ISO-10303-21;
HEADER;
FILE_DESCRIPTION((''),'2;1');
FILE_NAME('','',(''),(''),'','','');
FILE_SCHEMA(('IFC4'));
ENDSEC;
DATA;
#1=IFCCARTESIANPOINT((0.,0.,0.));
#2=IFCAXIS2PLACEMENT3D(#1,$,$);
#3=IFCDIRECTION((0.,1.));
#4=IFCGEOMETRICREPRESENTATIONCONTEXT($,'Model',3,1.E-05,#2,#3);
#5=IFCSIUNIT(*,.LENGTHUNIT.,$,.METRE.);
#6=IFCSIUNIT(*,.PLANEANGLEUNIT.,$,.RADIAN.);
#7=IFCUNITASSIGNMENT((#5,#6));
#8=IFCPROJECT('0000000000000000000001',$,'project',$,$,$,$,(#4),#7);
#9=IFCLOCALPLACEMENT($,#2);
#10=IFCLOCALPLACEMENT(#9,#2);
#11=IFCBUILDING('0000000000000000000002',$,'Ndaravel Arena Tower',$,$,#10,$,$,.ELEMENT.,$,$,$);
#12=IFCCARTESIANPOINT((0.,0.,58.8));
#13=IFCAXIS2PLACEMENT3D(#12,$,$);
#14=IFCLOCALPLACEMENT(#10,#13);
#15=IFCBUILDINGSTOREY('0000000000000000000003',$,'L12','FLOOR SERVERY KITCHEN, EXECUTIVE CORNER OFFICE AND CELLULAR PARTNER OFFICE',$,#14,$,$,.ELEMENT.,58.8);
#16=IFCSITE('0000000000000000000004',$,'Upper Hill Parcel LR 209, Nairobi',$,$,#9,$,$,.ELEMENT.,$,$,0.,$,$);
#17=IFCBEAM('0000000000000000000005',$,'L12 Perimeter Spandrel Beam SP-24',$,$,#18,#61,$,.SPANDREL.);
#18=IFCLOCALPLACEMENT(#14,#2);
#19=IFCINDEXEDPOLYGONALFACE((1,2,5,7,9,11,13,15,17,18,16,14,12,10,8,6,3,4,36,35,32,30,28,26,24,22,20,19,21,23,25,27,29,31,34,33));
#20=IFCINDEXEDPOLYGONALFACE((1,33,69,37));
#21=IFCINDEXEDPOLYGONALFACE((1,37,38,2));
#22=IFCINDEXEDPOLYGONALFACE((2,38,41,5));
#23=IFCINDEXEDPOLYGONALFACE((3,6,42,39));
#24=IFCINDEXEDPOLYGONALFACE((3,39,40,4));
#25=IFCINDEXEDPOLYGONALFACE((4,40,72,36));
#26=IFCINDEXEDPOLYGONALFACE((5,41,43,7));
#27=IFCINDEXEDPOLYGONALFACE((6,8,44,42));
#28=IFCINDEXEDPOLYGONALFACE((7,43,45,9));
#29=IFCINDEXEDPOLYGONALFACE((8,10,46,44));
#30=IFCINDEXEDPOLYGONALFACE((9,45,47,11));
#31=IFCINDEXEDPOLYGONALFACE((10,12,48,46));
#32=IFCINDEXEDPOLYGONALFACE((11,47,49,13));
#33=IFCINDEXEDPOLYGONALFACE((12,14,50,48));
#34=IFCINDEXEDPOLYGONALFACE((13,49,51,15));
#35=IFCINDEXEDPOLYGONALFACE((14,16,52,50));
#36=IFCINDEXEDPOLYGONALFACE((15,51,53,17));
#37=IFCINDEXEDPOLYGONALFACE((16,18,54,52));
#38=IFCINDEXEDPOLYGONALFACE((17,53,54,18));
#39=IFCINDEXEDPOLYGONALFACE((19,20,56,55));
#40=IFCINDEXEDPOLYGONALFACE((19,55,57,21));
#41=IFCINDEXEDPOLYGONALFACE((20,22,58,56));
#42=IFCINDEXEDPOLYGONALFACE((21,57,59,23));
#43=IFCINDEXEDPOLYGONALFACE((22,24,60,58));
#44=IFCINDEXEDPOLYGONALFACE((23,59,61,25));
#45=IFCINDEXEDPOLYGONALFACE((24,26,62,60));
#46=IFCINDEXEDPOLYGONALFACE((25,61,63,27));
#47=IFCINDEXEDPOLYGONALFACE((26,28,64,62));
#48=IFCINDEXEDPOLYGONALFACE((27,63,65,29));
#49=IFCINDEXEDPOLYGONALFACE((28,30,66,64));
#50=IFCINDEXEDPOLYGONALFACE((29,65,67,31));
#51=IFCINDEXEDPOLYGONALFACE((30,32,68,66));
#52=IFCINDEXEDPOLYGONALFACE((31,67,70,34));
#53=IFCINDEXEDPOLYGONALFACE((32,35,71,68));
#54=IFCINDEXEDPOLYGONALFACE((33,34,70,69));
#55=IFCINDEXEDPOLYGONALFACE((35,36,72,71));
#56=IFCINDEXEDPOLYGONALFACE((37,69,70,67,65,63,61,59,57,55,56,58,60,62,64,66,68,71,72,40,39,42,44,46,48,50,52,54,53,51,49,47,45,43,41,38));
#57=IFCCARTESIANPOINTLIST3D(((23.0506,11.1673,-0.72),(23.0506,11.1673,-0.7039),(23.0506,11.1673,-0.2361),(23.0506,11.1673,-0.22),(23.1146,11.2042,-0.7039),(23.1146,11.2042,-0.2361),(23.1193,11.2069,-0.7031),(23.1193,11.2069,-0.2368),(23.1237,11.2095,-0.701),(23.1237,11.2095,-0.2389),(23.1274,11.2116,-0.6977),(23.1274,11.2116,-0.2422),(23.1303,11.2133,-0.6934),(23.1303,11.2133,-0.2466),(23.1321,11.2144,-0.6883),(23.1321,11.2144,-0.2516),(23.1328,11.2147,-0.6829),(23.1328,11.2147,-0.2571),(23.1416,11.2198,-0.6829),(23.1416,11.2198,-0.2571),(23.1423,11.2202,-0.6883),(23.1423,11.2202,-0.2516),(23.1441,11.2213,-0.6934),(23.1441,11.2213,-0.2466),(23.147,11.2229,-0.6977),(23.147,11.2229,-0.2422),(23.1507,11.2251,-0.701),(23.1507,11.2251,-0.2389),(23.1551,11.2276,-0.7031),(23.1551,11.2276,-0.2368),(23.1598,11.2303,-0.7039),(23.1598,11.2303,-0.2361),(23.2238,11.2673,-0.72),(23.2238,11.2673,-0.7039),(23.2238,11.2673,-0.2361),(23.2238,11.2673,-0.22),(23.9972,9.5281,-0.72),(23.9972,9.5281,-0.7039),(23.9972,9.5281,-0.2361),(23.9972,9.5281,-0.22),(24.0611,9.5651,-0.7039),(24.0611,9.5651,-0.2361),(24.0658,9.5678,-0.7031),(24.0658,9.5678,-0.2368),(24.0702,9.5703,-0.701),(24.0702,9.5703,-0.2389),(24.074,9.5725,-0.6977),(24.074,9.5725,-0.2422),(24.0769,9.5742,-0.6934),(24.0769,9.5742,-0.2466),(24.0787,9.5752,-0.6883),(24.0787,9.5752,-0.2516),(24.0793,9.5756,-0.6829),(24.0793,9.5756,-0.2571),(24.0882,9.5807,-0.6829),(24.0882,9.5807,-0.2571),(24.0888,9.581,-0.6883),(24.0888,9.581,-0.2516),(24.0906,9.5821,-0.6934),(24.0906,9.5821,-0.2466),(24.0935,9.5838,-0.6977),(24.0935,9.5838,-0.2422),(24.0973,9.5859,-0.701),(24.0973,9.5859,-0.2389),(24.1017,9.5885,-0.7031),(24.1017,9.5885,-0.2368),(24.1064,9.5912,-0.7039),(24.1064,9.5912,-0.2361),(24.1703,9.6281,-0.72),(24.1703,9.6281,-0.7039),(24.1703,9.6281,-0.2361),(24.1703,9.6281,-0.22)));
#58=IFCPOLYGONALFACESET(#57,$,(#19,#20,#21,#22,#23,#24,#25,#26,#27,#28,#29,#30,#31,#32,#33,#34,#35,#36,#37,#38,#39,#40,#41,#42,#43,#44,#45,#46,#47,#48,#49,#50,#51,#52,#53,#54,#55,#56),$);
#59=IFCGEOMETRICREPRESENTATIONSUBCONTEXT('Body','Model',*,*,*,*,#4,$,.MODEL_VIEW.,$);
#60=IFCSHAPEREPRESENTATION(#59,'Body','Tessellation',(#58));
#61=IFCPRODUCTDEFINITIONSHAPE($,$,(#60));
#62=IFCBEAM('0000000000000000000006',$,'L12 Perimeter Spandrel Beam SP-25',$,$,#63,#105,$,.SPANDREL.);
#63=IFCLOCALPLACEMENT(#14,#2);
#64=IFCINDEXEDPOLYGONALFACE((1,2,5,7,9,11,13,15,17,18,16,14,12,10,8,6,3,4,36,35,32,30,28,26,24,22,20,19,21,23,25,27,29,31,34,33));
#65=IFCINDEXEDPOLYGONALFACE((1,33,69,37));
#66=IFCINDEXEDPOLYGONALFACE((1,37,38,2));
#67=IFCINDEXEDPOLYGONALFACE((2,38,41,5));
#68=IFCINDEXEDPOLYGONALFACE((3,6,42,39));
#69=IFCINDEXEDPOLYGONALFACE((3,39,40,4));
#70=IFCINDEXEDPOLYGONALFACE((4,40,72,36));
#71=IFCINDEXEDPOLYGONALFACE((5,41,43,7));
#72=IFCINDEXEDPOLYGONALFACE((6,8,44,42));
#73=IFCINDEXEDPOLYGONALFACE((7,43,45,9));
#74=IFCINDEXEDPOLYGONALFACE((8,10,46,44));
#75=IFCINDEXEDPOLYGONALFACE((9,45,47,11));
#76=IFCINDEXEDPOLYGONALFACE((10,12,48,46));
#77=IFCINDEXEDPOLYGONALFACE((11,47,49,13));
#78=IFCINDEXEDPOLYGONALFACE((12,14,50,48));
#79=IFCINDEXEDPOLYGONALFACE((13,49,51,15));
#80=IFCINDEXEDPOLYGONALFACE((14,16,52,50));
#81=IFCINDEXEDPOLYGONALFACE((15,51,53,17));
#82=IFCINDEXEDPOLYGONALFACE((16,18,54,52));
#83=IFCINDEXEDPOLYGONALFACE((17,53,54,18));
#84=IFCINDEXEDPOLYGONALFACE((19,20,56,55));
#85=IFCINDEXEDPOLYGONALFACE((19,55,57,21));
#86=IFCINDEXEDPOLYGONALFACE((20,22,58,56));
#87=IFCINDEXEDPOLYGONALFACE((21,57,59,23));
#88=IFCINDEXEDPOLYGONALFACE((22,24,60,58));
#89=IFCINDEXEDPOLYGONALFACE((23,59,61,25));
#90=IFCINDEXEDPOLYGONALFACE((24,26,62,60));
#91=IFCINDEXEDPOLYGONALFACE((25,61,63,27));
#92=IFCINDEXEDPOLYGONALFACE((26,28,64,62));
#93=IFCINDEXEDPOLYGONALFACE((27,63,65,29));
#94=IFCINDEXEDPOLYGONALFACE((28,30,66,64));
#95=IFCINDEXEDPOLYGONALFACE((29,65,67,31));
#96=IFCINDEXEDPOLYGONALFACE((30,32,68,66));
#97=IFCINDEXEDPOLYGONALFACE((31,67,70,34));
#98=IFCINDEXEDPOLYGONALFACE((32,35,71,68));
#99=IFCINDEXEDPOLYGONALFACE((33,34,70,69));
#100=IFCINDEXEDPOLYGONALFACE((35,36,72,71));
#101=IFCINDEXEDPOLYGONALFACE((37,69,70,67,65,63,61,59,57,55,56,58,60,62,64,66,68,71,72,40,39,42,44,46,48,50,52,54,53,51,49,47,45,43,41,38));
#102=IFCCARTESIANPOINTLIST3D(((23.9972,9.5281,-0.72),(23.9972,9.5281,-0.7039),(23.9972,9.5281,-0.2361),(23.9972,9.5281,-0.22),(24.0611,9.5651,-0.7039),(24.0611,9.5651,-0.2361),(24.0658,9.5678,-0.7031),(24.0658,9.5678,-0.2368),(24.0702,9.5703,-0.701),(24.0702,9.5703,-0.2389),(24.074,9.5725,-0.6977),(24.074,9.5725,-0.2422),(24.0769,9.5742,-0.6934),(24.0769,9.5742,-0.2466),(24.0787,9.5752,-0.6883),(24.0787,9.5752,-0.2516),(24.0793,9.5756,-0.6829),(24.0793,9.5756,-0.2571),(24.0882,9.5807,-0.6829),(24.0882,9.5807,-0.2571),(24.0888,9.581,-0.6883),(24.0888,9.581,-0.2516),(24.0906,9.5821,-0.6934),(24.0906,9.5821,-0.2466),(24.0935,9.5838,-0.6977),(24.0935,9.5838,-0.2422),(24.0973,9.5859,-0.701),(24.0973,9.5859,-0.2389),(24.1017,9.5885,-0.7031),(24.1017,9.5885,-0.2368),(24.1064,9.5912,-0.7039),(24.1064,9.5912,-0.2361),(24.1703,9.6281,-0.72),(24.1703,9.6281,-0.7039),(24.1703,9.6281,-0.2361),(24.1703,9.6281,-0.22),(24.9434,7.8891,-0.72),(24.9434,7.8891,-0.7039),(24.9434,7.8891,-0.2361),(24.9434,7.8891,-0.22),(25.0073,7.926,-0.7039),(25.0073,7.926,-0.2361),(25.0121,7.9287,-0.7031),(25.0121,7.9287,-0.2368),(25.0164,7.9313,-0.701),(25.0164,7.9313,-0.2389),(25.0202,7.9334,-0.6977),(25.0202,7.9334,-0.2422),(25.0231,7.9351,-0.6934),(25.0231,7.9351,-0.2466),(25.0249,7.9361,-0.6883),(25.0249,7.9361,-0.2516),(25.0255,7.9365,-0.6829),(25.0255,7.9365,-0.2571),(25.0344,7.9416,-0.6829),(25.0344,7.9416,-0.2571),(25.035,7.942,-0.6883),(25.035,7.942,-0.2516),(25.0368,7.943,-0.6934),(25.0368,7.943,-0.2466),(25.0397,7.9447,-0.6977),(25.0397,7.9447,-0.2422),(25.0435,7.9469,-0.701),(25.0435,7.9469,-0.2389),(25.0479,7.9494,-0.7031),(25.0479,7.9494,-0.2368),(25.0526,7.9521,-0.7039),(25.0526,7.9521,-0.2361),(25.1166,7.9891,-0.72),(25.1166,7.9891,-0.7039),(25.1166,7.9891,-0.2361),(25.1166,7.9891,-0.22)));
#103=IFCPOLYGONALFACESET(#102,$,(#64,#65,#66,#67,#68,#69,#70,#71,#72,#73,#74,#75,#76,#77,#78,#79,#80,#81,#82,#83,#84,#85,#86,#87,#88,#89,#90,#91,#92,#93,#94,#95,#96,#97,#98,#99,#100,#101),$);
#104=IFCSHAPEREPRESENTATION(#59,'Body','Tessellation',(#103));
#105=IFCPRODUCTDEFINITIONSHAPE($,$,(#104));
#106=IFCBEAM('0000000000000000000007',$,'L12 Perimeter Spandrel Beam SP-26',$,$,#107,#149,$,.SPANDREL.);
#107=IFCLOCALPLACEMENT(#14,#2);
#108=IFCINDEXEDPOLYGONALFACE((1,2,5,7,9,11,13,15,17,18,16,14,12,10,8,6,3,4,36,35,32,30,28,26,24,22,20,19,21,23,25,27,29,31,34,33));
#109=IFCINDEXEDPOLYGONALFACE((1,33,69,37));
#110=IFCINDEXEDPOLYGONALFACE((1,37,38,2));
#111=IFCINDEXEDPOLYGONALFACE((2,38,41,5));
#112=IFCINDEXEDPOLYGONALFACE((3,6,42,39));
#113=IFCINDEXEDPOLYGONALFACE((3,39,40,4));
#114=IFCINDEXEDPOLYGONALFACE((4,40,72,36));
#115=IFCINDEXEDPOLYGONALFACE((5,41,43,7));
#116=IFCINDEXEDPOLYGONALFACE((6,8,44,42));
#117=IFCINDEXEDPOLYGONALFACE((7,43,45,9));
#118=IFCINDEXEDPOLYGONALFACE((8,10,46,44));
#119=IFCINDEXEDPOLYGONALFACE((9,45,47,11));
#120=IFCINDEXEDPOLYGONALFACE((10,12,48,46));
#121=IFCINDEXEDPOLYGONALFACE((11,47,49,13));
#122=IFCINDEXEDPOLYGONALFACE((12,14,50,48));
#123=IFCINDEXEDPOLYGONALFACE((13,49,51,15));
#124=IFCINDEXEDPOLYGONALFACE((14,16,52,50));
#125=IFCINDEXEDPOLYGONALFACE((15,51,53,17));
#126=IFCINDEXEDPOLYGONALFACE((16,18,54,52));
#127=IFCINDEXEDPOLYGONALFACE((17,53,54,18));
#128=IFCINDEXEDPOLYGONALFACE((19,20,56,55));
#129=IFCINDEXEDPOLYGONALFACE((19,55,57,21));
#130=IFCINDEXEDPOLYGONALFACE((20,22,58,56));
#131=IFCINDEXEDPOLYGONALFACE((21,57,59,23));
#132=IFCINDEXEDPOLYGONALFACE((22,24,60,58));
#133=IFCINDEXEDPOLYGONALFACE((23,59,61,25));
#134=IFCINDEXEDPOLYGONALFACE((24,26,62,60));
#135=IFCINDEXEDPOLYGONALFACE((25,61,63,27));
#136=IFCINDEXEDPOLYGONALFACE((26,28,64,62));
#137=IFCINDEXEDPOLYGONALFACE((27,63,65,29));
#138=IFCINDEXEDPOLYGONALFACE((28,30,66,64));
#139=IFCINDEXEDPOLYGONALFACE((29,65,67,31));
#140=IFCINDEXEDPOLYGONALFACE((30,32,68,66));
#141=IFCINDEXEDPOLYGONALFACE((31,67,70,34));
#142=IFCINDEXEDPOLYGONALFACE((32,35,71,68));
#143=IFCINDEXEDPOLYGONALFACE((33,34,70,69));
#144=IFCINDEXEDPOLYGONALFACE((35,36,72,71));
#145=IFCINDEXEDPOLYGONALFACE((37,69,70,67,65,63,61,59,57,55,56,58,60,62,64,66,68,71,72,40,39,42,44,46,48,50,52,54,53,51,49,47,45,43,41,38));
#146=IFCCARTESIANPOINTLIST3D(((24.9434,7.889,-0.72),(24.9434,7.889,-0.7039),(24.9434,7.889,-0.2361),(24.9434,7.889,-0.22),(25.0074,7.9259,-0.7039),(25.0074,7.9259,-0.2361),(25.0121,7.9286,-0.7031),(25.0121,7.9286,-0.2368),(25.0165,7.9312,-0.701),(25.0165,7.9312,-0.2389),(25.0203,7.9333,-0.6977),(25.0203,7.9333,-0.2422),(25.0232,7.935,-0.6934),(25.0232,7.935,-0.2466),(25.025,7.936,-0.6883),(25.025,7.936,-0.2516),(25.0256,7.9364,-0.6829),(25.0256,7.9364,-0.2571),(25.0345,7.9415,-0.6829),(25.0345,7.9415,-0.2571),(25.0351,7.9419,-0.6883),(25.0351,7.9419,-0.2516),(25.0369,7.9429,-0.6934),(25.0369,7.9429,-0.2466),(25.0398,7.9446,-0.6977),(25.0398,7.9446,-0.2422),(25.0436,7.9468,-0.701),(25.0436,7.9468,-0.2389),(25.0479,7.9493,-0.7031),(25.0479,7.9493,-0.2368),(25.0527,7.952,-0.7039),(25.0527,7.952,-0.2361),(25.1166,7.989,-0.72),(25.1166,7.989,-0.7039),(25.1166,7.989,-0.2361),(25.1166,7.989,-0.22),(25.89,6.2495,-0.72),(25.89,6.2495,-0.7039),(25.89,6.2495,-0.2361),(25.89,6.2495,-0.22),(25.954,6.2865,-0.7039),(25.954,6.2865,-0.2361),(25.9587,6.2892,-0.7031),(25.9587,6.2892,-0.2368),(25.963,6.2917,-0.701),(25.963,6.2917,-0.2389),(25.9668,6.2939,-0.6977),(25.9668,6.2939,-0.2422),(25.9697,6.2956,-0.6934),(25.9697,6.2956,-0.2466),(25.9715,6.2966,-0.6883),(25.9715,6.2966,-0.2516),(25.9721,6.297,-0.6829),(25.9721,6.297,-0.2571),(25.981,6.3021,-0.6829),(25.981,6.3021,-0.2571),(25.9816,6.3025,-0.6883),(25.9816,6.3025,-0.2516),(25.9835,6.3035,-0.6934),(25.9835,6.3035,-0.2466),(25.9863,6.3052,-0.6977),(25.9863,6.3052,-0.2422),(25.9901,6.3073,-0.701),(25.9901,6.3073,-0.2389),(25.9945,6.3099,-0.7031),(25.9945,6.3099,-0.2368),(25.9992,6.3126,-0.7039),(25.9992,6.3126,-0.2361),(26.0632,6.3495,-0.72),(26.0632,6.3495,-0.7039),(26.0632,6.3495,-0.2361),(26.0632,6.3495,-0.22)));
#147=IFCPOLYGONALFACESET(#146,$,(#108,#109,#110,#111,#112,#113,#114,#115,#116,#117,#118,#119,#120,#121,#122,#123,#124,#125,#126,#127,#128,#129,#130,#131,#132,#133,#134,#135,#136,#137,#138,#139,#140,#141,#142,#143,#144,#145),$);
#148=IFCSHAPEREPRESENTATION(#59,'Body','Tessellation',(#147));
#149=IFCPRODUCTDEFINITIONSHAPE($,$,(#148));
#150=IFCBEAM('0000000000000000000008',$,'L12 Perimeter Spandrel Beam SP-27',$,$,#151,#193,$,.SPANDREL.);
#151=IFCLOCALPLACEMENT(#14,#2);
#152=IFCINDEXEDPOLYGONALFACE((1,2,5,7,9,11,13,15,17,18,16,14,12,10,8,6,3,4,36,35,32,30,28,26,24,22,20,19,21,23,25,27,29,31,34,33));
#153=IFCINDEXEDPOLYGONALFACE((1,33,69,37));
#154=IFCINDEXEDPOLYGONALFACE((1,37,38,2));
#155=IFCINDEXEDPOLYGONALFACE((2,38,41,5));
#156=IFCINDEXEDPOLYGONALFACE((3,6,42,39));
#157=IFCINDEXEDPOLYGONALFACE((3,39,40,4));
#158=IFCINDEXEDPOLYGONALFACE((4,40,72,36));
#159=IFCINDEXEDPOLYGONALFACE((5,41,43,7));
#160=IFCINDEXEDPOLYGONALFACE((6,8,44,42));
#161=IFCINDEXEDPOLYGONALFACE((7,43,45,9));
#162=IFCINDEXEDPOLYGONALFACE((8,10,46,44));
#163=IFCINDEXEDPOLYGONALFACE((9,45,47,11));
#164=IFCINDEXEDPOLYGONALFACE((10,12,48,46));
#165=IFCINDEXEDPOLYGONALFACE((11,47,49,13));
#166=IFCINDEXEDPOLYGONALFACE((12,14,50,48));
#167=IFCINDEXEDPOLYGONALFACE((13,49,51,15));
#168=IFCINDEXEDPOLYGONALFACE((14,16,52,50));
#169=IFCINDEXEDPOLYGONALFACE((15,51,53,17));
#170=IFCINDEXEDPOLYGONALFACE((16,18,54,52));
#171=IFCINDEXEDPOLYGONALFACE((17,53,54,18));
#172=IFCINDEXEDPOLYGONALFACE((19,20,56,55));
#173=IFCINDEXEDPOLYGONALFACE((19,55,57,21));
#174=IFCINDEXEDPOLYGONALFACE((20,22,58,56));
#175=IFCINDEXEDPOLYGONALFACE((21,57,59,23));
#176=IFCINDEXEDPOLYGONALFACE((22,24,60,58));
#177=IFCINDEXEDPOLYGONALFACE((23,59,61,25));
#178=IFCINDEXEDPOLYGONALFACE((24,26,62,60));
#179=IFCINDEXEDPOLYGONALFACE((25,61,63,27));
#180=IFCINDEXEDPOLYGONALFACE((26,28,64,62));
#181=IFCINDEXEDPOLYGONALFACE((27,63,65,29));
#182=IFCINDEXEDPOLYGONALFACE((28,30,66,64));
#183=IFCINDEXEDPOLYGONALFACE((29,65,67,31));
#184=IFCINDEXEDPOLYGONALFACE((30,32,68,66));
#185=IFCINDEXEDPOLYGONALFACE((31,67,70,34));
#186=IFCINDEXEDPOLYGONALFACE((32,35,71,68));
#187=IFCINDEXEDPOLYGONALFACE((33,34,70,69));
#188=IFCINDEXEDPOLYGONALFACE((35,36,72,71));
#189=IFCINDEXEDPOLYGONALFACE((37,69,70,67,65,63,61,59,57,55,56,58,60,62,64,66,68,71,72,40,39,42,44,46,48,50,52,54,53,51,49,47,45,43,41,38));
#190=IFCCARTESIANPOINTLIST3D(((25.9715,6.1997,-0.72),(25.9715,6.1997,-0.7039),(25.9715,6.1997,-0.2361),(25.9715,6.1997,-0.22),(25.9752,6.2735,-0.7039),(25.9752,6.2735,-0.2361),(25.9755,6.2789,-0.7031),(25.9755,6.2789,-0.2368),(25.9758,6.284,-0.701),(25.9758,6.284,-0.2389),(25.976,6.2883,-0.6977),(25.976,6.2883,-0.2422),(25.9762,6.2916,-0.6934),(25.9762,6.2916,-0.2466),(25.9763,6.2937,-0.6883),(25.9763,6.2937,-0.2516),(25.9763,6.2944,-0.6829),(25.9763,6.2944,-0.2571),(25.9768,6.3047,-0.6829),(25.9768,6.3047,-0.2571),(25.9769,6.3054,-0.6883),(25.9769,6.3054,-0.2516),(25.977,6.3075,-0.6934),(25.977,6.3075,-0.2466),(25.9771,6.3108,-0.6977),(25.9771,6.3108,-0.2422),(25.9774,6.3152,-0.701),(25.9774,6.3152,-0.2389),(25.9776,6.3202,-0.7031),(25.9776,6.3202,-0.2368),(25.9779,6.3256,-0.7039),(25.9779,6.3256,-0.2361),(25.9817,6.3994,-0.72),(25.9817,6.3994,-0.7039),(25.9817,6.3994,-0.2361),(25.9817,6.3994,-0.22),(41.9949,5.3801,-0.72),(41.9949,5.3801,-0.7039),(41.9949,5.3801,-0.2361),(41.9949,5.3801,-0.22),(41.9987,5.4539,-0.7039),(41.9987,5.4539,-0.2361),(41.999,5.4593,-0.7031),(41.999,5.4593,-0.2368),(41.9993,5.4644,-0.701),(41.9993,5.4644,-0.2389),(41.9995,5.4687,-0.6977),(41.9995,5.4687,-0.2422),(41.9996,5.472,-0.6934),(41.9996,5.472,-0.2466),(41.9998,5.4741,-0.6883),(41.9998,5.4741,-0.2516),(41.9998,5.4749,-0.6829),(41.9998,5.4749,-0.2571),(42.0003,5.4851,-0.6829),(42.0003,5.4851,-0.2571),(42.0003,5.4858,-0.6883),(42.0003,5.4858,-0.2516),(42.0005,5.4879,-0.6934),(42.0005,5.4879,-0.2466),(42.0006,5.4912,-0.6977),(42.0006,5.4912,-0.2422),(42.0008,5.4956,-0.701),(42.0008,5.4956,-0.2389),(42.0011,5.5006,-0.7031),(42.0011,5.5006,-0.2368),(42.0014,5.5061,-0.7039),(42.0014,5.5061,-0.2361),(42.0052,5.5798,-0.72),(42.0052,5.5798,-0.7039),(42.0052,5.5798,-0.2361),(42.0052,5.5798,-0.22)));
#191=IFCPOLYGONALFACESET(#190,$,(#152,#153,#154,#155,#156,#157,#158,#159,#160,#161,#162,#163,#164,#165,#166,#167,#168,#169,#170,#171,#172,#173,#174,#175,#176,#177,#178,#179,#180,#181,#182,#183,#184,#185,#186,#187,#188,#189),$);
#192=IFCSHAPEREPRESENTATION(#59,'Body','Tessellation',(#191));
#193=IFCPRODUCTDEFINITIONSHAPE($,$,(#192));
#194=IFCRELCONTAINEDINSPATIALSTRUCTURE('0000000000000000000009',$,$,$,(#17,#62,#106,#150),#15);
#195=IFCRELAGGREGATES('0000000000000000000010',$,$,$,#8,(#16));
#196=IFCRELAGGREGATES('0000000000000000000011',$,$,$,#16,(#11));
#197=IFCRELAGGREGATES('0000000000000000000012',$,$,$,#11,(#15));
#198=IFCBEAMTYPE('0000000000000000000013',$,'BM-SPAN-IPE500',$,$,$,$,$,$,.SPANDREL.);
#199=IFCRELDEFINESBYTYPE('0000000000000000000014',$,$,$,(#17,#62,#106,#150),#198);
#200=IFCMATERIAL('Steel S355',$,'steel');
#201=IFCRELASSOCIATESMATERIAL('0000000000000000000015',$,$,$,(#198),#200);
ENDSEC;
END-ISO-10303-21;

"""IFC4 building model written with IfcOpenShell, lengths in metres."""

from ifc_helpers import new_model, si_unit, direction, frame, origin, origin_2d, place, context, subcontext, project, spatial, i_section, extrude, material, material_profile, profile_set, type_object, element, save


model = new_model("IFC4")

# Units and contexts
model_context = context("Model", 3, precision=1e-05, world=origin(), true_north=direction((0.0, 1.0)))
body_context = subcontext(model_context, "Body", "Model", "MODEL_VIEW")
ifc_project = project(units=[si_unit("LENGTHUNIT", "METRE"), si_unit("PLANEANGLEUNIT", "RADIAN")], contexts=[model_context])

# Site, building, storey
site_placement = place(None, origin())
site = spatial("IfcSite", under=ifc_project, at=site_placement, Name="Upper Hill Parcel LR 209, Nairobi", CompositionType="ELEMENT", RefElevation=0.0)
building_placement = place(site_placement, origin())
building = spatial("IfcBuilding", under=site, at=building_placement, Name="Ndaravel Arena Tower", CompositionType="ELEMENT")
storey_placement = place(building_placement, frame((0.0, 0.0, 58.8)))
storey = spatial("IfcBuildingStorey", under=building, at=storey_placement, Name="L12", Description="FLOOR SERVERY KITCHEN, EXECUTIVE CORNER OFFICE AND CELLULAR PARTNER OFFICE", CompositionType="ELEMENT", Elevation=58.8)

# Beams
ifc_material_1 = material(Name="Steel S355", Category="steel")
ifc_material_profile_1 = material_profile(ifc_material_1, i_section(OverallWidth=0.2, OverallDepth=0.5, WebThickness=0.0103, FlangeThickness=0.0161, FilletRadius=0.021, at=origin_2d()), Name="IPE 500")
ifc_profile_set_1 = profile_set([ifc_material_profile_1], Name="Steel S355")
beam_type = type_object("IfcBeamType", Name="BM-SPAN-IPE500", PredefinedType="SPANDREL", material=ifc_profile_set_1)
for number, where, z_axis, x_axis, name in (
    (1, (23.1372, 11.2173, -0.47), (0.500065, -0.865988, 0.0), (0.865988, 0.500065, 0.0), "L12 Perimeter Spandrel Beam SP-24"),
):
    element("IfcBeam", number, at=place(storey_placement, frame(where, z_axis=z_axis, x_axis=x_axis)), inside=storey, type_object=beam_type, Name=name, PredefinedType="SPANDREL", context=body_context, shape_type="SweptSolid", body=[
        extrude(i_section(OverallWidth=0.2, OverallDepth=0.5, WebThickness=0.0103, FlangeThickness=0.0161, FilletRadius=0.021, at=origin_2d()), origin(), (0.0, 0.0, 1.0), 1.8928),
    ])
beam_1_placement = place(storey_placement, frame((24.0837, 9.5781, -0.47), z_axis=(0.499968, -0.866044, 0.0), x_axis=(0.866044, 0.499968, 0.0)))
element("IfcBeam", 2, at=beam_1_placement, inside=storey, type_object=beam_type, Name="L12 Perimeter Spandrel Beam SP-25", PredefinedType="SPANDREL", context=body_context, shape_type="SweptSolid", body=[
    extrude(i_section(OverallWidth=0.2, OverallDepth=0.5, WebThickness=0.0103, FlangeThickness=0.0161, FilletRadius=0.021, at=origin_2d()), origin(), (0.0, 0.0, 1.0), 1.8926),
])
beam_2_placement = place(storey_placement, frame((25.03, 7.939, -0.47), z_axis=(0.500009, -0.86602, 0.0), x_axis=(0.86602, 0.500009, 0.0)))
element("IfcBeam", 3, at=beam_2_placement, inside=storey, type_object=beam_type, Name="L12 Perimeter Spandrel Beam SP-26", PredefinedType="SPANDREL", context=body_context, shape_type="SweptSolid", body=[
    extrude(i_section(OverallWidth=0.2, OverallDepth=0.5, WebThickness=0.0103, FlangeThickness=0.0161, FilletRadius=0.021, at=origin_2d()), origin(), (0.0, 0.0, 1.0), 1.8931),
])
beam_3_placement = place(storey_placement, frame((25.9766, 6.2996, -0.47), z_axis=(0.998694, -0.051082, 0.0), x_axis=(0.051082, 0.998694, 0.0)))
element("IfcBeam", 4, at=beam_3_placement, inside=storey, type_object=beam_type, Name="L12 Perimeter Spandrel Beam SP-27", PredefinedType="SPANDREL", context=body_context, shape_type="SweptSolid", body=[
    extrude(i_section(OverallWidth=0.2, OverallDepth=0.5, WebThickness=0.0103, FlangeThickness=0.0161, FilletRadius=0.021, at=origin_2d()), origin(), (0.0, 0.0, 1.0), 16.0444),
])

save(model, "model.ifc")
